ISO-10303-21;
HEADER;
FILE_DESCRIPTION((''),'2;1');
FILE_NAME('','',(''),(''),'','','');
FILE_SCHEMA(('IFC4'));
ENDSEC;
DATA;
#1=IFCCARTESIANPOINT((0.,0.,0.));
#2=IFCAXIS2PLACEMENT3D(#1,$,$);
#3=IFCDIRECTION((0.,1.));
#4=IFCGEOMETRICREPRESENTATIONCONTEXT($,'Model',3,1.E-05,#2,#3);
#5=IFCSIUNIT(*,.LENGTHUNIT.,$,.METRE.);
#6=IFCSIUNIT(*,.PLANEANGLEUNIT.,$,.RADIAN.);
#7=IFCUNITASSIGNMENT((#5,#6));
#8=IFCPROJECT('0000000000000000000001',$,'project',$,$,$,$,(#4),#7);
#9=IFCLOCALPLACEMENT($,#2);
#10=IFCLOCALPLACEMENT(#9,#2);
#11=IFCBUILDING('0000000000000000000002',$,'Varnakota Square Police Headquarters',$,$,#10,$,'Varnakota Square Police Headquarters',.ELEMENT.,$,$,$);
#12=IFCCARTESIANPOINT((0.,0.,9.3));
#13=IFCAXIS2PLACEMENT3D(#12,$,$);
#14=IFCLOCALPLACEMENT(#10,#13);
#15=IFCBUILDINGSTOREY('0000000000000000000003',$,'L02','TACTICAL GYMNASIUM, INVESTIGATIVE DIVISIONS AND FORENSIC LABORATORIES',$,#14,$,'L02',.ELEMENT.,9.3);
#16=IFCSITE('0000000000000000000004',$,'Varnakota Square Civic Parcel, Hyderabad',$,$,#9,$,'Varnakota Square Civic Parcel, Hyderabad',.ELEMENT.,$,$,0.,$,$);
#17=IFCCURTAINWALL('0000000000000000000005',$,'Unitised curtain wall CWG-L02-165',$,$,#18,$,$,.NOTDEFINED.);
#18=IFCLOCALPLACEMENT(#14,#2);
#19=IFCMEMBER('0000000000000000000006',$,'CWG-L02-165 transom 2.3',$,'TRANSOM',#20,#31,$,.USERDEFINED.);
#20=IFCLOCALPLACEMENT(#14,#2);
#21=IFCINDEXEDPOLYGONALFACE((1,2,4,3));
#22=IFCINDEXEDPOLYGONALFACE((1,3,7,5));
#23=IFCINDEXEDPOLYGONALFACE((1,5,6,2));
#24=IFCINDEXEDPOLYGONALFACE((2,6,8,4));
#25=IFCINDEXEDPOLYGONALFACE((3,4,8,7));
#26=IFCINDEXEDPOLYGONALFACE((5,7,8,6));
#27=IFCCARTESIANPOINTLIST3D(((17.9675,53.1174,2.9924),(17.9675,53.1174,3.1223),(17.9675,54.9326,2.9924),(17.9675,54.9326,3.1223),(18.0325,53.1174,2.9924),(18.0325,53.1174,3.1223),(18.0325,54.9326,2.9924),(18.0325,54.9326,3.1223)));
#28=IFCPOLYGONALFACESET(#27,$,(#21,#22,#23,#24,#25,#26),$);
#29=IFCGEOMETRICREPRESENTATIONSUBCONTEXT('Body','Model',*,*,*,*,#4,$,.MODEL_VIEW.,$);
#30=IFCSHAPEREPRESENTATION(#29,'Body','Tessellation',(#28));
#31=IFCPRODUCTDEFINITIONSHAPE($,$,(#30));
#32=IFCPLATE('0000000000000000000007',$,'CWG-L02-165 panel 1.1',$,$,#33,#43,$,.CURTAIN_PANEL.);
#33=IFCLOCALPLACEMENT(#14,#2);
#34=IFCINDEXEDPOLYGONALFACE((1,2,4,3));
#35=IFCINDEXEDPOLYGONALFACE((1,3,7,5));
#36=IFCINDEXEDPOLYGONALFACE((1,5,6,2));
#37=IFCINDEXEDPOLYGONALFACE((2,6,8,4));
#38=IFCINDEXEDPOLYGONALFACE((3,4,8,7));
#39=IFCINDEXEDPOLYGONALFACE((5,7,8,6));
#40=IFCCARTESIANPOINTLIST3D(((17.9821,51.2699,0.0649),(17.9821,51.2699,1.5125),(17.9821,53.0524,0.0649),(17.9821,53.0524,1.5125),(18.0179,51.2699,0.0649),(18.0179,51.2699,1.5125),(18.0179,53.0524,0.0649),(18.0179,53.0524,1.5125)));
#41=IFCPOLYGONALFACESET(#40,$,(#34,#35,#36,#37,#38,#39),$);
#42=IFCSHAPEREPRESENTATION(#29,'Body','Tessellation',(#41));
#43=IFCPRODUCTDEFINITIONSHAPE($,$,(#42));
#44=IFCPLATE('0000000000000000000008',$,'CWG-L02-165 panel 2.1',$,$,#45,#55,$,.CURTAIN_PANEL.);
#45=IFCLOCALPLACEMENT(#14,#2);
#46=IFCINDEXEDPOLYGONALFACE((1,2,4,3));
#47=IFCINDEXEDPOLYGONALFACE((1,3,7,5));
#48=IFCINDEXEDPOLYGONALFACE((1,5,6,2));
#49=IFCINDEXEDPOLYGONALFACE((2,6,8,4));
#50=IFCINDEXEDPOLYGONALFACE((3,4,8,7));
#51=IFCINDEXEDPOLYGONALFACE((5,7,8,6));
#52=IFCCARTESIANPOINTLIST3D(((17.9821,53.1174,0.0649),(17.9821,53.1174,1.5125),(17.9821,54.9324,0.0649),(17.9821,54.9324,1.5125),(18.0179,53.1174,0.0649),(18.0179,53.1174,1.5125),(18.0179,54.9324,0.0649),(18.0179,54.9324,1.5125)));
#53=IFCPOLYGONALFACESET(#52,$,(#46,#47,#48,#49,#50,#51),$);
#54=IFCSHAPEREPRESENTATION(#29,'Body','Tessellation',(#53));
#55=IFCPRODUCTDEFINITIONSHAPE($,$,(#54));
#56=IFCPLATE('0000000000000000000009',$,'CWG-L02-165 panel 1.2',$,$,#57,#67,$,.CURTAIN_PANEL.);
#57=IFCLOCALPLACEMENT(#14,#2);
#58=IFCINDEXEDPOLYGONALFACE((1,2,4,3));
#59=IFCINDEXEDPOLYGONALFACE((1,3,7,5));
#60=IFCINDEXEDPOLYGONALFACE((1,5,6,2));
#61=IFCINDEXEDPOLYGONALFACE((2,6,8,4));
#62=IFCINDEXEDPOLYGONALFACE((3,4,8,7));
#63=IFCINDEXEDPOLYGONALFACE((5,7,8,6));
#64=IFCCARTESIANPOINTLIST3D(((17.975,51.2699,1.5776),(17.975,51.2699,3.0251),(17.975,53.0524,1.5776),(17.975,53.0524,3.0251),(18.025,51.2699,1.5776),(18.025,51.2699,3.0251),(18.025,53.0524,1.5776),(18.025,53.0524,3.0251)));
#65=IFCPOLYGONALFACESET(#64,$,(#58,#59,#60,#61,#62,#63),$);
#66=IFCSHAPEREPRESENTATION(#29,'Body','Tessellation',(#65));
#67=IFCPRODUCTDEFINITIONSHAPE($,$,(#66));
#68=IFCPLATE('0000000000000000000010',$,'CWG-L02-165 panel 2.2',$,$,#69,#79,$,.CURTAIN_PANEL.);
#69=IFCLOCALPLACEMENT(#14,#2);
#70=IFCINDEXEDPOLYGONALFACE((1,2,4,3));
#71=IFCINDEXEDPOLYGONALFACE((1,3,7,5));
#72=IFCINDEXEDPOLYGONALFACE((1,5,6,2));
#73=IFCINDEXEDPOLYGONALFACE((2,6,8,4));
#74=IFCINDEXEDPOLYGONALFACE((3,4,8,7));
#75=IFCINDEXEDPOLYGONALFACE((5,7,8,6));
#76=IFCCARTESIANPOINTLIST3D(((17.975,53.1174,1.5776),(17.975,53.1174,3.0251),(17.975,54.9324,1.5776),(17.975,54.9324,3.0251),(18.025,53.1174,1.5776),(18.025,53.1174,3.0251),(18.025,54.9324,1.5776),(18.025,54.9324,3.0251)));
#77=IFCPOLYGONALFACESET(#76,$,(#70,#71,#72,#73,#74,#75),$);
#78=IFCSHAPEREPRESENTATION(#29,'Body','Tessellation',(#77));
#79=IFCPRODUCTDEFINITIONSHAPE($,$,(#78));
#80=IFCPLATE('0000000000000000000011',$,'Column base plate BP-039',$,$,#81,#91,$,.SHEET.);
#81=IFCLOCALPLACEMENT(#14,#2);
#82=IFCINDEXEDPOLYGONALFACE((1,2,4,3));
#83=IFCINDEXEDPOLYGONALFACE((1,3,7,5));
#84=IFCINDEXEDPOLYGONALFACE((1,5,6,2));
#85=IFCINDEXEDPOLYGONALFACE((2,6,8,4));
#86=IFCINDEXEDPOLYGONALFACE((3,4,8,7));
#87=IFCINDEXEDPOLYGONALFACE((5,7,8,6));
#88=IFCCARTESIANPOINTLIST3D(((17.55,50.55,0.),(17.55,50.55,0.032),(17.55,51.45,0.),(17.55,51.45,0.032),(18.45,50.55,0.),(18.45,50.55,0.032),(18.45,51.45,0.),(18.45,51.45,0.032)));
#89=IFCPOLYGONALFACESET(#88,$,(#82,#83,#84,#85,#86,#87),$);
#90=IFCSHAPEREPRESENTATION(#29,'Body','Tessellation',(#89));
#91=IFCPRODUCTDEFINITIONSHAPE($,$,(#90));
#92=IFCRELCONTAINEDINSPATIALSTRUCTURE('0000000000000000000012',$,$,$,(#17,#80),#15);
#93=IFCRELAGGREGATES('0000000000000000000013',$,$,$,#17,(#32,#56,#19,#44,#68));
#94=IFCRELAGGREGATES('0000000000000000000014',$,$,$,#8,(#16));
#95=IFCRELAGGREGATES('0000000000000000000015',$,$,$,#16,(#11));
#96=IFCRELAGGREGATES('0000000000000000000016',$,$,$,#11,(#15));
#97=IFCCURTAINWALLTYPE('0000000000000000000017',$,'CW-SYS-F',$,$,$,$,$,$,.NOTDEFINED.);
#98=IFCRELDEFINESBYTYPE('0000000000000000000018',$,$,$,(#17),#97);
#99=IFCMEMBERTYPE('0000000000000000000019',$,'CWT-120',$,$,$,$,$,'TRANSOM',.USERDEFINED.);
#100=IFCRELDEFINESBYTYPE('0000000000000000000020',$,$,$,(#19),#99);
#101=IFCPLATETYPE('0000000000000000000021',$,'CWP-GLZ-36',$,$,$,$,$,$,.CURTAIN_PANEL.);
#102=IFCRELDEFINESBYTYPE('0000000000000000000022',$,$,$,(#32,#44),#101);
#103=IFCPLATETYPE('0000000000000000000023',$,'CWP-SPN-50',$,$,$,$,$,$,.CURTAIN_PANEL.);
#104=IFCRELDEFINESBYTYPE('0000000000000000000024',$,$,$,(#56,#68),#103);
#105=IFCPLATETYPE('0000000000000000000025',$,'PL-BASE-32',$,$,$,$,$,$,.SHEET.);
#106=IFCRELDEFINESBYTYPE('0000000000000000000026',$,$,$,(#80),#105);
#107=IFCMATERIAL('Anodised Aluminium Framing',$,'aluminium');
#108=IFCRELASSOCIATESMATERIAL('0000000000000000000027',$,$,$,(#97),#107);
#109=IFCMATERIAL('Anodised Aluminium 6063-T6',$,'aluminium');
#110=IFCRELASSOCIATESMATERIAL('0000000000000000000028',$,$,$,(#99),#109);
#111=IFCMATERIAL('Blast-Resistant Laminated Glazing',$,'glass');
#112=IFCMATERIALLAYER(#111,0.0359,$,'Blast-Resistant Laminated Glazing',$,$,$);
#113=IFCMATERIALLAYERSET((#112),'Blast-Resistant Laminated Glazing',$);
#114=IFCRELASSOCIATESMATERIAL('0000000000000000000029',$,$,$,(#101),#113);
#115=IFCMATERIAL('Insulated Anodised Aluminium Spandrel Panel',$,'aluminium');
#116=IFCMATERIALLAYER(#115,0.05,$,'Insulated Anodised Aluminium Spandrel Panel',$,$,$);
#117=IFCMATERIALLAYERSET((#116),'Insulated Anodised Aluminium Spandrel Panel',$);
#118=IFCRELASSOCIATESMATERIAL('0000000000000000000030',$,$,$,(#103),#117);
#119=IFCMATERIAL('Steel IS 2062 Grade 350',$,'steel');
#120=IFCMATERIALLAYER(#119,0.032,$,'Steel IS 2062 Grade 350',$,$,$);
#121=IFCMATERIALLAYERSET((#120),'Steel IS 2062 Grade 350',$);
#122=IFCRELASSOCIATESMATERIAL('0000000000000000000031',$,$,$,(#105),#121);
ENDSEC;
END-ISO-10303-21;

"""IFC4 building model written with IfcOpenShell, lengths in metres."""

from ifc_helpers import new_model, si_unit, direction, frame, origin, origin_2d, place, context, subcontext, project, spatial, rectangle, extrude, material, layer, layer_set, material_profile, profile_set, type_object, element, aggregate, save


model = new_model("IFC4")

# Units and contexts
model_context = context("Model", 3, precision=1e-05, world=origin(), true_north=direction((0.0, 1.0)))
body_context = subcontext(model_context, "Body", "Model", "MODEL_VIEW")
ifc_project = project(units=[si_unit("LENGTHUNIT", "METRE"), si_unit("PLANEANGLEUNIT", "RADIAN")], contexts=[model_context])

# Site, building, storey
site_placement = place(None, origin())
site = spatial("IfcSite", under=ifc_project, at=site_placement, Name="Varnakota Square Civic Parcel, Hyderabad", LongName="Varnakota Square Civic Parcel, Hyderabad", CompositionType="ELEMENT", RefElevation=0.0)
building_placement = place(site_placement, origin())
building = spatial("IfcBuilding", under=site, at=building_placement, Name="Varnakota Square Police Headquarters", LongName="Varnakota Square Police Headquarters", CompositionType="ELEMENT")
storey_placement = place(building_placement, frame((0.0, 0.0, 9.3)))
storey = spatial("IfcBuildingStorey", under=building, at=storey_placement, Name="L02", Description="TACTICAL GYMNASIUM, INVESTIGATIVE DIVISIONS AND FORENSIC LABORATORIES", LongName="L02", CompositionType="ELEMENT", Elevation=9.3)

# Shared definitions
ifc_material_1 = material(Name="Steel IS 2062 Grade 350", Category="steel")

# Curtain wall, member, plates
ifc_material_2 = material(Name="Anodised Aluminium Framing", Category="aluminium")
curtain_wall_type = type_object("IfcCurtainWallType", Name="CW-SYS-F", PredefinedType="NOTDEFINED", material=ifc_material_2)
curtain_wall_placement = place(storey_placement, origin())
curtain_wall = element("IfcCurtainWall", 1, at=curtain_wall_placement, inside=storey, type_object=curtain_wall_type, Name="Unitised curtain wall CWG-L02-165", PredefinedType="NOTDEFINED")
ifc_material_3 = material(Name="Anodised Aluminium 6063-T6", Category="aluminium")
ifc_material_profile_1 = material_profile(ifc_material_3, rectangle(XDim=0.0649, YDim=0.1299, at=origin_2d()), Name="ALU TRANSOM 65x130")
ifc_profile_set_1 = profile_set([ifc_material_profile_1], Name="Anodised Aluminium 6063-T6")
member_type_1 = type_object("IfcMemberType", Name="CWT-120", ElementType="TRANSOM", PredefinedType="USERDEFINED", material=ifc_profile_set_1)
member_1_placement = place(storey_placement, frame((18.0, 53.1174, 3.0574), z_axis=(0.0, 1.0, 0.0), x_axis=(-1.0, 0.0, 0.0)))
member_1 = element("IfcMember", 2, at=member_1_placement, type_object=member_type_1, Name="CWG-L02-165 transom 2.3", ObjectType="TRANSOM", PredefinedType="USERDEFINED", context=body_context, shape_type="SweptSolid", body=[
    extrude(rectangle(XDim=0.0649, YDim=0.1299, at=origin_2d()), origin(), (0.0, 0.0, 1.0), 1.8152),
])
ifc_material_4 = material(Name="Blast-Resistant Laminated Glazing", Category="glass")
ifc_layer_1 = layer(ifc_material_4, 0.0359, Name="Blast-Resistant Laminated Glazing")
ifc_layer_set_1 = layer_set([ifc_layer_1], Name="Blast-Resistant Laminated Glazing")
plate_type_1 = type_object("IfcPlateType", Name="CWP-GLZ-36", PredefinedType="CURTAIN_PANEL", material=ifc_layer_set_1)
plate_1_placement = place(storey_placement, frame((18.0, 52.1611, 0.0649), z_axis=(0.0, 0.0, 1.0), x_axis=(0.0, 1.0, 0.0)))
plate_1 = element("IfcPlate", 3, at=plate_1_placement, type_object=plate_type_1, Name="CWG-L02-165 panel 1.1", PredefinedType="CURTAIN_PANEL", context=body_context, shape_type="SweptSolid", body=[
    extrude(rectangle(XDim=1.7825, YDim=0.0359, at=origin_2d()), origin(), (0.0, 0.0, 1.0), 1.4475),
])
plate_2_placement = place(storey_placement, frame((18.0, 54.0249, 0.0649), z_axis=(0.0, 0.0, 1.0), x_axis=(0.0, 1.0, 0.0)))
plate_2 = element("IfcPlate", 4, at=plate_2_placement, type_object=plate_type_1, Name="CWG-L02-165 panel 2.1", PredefinedType="CURTAIN_PANEL", context=body_context, shape_type="SweptSolid", body=[
    extrude(rectangle(XDim=1.8149, YDim=0.0359, at=origin_2d()), origin(), (0.0, 0.0, 1.0), 1.4475),
])
ifc_material_5 = material(Name="Insulated Anodised Aluminium Spandrel Panel", Category="aluminium")
ifc_layer_2 = layer(ifc_material_5, 0.05, Name="Insulated Anodised Aluminium Spandrel Panel")
ifc_layer_set_2 = layer_set([ifc_layer_2], Name="Insulated Anodised Aluminium Spandrel Panel")
plate_type_2 = type_object("IfcPlateType", Name="CWP-SPN-50", PredefinedType="CURTAIN_PANEL", material=ifc_layer_set_2)
plate_3_placement = place(storey_placement, frame((18.0, 52.1611, 1.5776), z_axis=(0.0, 0.0, 1.0), x_axis=(0.0, 1.0, 0.0)))
plate_3 = element("IfcPlate", 5, at=plate_3_placement, type_object=plate_type_2, Name="CWG-L02-165 panel 1.2", PredefinedType="CURTAIN_PANEL", context=body_context, shape_type="SweptSolid", body=[
    extrude(rectangle(XDim=1.7825, YDim=0.05, at=origin_2d()), origin(), (0.0, 0.0, 1.0), 1.4475),
])
plate_4_placement = place(storey_placement, frame((18.0, 54.0249, 1.5776), z_axis=(0.0, 0.0, 1.0), x_axis=(0.0, 1.0, 0.0)))
plate_4 = element("IfcPlate", 6, at=plate_4_placement, type_object=plate_type_2, Name="CWG-L02-165 panel 2.2", PredefinedType="CURTAIN_PANEL", context=body_context, shape_type="SweptSolid", body=[
    extrude(rectangle(XDim=1.8149, YDim=0.05, at=origin_2d()), origin(), (0.0, 0.0, 1.0), 1.4475),
])
aggregate(curtain_wall, [plate_1, plate_3, member_1, plate_2, plate_4])

# Plate
ifc_layer_3 = layer(ifc_material_1, 0.032, Name="Steel IS 2062 Grade 350")
ifc_layer_set_3 = layer_set([ifc_layer_3], Name="Steel IS 2062 Grade 350")
plate_type_3 = type_object("IfcPlateType", Name="PL-BASE-32", PredefinedType="SHEET", material=ifc_layer_set_3)
plate_5_placement = place(storey_placement, frame((18.0, 51.0, 0.0), z_axis=(0.0, 0.0, 1.0), x_axis=(1.0, 0.0, 0.0)))
element("IfcPlate", 7, at=plate_5_placement, inside=storey, type_object=plate_type_3, Name="Column base plate BP-039", PredefinedType="SHEET", context=body_context, shape_type="SweptSolid", body=[
    extrude(rectangle(XDim=0.8999, YDim=0.8999, at=origin_2d()), origin(), (0.0, 0.0, 1.0), 0.032),
])

save(model, "model.ifc")
